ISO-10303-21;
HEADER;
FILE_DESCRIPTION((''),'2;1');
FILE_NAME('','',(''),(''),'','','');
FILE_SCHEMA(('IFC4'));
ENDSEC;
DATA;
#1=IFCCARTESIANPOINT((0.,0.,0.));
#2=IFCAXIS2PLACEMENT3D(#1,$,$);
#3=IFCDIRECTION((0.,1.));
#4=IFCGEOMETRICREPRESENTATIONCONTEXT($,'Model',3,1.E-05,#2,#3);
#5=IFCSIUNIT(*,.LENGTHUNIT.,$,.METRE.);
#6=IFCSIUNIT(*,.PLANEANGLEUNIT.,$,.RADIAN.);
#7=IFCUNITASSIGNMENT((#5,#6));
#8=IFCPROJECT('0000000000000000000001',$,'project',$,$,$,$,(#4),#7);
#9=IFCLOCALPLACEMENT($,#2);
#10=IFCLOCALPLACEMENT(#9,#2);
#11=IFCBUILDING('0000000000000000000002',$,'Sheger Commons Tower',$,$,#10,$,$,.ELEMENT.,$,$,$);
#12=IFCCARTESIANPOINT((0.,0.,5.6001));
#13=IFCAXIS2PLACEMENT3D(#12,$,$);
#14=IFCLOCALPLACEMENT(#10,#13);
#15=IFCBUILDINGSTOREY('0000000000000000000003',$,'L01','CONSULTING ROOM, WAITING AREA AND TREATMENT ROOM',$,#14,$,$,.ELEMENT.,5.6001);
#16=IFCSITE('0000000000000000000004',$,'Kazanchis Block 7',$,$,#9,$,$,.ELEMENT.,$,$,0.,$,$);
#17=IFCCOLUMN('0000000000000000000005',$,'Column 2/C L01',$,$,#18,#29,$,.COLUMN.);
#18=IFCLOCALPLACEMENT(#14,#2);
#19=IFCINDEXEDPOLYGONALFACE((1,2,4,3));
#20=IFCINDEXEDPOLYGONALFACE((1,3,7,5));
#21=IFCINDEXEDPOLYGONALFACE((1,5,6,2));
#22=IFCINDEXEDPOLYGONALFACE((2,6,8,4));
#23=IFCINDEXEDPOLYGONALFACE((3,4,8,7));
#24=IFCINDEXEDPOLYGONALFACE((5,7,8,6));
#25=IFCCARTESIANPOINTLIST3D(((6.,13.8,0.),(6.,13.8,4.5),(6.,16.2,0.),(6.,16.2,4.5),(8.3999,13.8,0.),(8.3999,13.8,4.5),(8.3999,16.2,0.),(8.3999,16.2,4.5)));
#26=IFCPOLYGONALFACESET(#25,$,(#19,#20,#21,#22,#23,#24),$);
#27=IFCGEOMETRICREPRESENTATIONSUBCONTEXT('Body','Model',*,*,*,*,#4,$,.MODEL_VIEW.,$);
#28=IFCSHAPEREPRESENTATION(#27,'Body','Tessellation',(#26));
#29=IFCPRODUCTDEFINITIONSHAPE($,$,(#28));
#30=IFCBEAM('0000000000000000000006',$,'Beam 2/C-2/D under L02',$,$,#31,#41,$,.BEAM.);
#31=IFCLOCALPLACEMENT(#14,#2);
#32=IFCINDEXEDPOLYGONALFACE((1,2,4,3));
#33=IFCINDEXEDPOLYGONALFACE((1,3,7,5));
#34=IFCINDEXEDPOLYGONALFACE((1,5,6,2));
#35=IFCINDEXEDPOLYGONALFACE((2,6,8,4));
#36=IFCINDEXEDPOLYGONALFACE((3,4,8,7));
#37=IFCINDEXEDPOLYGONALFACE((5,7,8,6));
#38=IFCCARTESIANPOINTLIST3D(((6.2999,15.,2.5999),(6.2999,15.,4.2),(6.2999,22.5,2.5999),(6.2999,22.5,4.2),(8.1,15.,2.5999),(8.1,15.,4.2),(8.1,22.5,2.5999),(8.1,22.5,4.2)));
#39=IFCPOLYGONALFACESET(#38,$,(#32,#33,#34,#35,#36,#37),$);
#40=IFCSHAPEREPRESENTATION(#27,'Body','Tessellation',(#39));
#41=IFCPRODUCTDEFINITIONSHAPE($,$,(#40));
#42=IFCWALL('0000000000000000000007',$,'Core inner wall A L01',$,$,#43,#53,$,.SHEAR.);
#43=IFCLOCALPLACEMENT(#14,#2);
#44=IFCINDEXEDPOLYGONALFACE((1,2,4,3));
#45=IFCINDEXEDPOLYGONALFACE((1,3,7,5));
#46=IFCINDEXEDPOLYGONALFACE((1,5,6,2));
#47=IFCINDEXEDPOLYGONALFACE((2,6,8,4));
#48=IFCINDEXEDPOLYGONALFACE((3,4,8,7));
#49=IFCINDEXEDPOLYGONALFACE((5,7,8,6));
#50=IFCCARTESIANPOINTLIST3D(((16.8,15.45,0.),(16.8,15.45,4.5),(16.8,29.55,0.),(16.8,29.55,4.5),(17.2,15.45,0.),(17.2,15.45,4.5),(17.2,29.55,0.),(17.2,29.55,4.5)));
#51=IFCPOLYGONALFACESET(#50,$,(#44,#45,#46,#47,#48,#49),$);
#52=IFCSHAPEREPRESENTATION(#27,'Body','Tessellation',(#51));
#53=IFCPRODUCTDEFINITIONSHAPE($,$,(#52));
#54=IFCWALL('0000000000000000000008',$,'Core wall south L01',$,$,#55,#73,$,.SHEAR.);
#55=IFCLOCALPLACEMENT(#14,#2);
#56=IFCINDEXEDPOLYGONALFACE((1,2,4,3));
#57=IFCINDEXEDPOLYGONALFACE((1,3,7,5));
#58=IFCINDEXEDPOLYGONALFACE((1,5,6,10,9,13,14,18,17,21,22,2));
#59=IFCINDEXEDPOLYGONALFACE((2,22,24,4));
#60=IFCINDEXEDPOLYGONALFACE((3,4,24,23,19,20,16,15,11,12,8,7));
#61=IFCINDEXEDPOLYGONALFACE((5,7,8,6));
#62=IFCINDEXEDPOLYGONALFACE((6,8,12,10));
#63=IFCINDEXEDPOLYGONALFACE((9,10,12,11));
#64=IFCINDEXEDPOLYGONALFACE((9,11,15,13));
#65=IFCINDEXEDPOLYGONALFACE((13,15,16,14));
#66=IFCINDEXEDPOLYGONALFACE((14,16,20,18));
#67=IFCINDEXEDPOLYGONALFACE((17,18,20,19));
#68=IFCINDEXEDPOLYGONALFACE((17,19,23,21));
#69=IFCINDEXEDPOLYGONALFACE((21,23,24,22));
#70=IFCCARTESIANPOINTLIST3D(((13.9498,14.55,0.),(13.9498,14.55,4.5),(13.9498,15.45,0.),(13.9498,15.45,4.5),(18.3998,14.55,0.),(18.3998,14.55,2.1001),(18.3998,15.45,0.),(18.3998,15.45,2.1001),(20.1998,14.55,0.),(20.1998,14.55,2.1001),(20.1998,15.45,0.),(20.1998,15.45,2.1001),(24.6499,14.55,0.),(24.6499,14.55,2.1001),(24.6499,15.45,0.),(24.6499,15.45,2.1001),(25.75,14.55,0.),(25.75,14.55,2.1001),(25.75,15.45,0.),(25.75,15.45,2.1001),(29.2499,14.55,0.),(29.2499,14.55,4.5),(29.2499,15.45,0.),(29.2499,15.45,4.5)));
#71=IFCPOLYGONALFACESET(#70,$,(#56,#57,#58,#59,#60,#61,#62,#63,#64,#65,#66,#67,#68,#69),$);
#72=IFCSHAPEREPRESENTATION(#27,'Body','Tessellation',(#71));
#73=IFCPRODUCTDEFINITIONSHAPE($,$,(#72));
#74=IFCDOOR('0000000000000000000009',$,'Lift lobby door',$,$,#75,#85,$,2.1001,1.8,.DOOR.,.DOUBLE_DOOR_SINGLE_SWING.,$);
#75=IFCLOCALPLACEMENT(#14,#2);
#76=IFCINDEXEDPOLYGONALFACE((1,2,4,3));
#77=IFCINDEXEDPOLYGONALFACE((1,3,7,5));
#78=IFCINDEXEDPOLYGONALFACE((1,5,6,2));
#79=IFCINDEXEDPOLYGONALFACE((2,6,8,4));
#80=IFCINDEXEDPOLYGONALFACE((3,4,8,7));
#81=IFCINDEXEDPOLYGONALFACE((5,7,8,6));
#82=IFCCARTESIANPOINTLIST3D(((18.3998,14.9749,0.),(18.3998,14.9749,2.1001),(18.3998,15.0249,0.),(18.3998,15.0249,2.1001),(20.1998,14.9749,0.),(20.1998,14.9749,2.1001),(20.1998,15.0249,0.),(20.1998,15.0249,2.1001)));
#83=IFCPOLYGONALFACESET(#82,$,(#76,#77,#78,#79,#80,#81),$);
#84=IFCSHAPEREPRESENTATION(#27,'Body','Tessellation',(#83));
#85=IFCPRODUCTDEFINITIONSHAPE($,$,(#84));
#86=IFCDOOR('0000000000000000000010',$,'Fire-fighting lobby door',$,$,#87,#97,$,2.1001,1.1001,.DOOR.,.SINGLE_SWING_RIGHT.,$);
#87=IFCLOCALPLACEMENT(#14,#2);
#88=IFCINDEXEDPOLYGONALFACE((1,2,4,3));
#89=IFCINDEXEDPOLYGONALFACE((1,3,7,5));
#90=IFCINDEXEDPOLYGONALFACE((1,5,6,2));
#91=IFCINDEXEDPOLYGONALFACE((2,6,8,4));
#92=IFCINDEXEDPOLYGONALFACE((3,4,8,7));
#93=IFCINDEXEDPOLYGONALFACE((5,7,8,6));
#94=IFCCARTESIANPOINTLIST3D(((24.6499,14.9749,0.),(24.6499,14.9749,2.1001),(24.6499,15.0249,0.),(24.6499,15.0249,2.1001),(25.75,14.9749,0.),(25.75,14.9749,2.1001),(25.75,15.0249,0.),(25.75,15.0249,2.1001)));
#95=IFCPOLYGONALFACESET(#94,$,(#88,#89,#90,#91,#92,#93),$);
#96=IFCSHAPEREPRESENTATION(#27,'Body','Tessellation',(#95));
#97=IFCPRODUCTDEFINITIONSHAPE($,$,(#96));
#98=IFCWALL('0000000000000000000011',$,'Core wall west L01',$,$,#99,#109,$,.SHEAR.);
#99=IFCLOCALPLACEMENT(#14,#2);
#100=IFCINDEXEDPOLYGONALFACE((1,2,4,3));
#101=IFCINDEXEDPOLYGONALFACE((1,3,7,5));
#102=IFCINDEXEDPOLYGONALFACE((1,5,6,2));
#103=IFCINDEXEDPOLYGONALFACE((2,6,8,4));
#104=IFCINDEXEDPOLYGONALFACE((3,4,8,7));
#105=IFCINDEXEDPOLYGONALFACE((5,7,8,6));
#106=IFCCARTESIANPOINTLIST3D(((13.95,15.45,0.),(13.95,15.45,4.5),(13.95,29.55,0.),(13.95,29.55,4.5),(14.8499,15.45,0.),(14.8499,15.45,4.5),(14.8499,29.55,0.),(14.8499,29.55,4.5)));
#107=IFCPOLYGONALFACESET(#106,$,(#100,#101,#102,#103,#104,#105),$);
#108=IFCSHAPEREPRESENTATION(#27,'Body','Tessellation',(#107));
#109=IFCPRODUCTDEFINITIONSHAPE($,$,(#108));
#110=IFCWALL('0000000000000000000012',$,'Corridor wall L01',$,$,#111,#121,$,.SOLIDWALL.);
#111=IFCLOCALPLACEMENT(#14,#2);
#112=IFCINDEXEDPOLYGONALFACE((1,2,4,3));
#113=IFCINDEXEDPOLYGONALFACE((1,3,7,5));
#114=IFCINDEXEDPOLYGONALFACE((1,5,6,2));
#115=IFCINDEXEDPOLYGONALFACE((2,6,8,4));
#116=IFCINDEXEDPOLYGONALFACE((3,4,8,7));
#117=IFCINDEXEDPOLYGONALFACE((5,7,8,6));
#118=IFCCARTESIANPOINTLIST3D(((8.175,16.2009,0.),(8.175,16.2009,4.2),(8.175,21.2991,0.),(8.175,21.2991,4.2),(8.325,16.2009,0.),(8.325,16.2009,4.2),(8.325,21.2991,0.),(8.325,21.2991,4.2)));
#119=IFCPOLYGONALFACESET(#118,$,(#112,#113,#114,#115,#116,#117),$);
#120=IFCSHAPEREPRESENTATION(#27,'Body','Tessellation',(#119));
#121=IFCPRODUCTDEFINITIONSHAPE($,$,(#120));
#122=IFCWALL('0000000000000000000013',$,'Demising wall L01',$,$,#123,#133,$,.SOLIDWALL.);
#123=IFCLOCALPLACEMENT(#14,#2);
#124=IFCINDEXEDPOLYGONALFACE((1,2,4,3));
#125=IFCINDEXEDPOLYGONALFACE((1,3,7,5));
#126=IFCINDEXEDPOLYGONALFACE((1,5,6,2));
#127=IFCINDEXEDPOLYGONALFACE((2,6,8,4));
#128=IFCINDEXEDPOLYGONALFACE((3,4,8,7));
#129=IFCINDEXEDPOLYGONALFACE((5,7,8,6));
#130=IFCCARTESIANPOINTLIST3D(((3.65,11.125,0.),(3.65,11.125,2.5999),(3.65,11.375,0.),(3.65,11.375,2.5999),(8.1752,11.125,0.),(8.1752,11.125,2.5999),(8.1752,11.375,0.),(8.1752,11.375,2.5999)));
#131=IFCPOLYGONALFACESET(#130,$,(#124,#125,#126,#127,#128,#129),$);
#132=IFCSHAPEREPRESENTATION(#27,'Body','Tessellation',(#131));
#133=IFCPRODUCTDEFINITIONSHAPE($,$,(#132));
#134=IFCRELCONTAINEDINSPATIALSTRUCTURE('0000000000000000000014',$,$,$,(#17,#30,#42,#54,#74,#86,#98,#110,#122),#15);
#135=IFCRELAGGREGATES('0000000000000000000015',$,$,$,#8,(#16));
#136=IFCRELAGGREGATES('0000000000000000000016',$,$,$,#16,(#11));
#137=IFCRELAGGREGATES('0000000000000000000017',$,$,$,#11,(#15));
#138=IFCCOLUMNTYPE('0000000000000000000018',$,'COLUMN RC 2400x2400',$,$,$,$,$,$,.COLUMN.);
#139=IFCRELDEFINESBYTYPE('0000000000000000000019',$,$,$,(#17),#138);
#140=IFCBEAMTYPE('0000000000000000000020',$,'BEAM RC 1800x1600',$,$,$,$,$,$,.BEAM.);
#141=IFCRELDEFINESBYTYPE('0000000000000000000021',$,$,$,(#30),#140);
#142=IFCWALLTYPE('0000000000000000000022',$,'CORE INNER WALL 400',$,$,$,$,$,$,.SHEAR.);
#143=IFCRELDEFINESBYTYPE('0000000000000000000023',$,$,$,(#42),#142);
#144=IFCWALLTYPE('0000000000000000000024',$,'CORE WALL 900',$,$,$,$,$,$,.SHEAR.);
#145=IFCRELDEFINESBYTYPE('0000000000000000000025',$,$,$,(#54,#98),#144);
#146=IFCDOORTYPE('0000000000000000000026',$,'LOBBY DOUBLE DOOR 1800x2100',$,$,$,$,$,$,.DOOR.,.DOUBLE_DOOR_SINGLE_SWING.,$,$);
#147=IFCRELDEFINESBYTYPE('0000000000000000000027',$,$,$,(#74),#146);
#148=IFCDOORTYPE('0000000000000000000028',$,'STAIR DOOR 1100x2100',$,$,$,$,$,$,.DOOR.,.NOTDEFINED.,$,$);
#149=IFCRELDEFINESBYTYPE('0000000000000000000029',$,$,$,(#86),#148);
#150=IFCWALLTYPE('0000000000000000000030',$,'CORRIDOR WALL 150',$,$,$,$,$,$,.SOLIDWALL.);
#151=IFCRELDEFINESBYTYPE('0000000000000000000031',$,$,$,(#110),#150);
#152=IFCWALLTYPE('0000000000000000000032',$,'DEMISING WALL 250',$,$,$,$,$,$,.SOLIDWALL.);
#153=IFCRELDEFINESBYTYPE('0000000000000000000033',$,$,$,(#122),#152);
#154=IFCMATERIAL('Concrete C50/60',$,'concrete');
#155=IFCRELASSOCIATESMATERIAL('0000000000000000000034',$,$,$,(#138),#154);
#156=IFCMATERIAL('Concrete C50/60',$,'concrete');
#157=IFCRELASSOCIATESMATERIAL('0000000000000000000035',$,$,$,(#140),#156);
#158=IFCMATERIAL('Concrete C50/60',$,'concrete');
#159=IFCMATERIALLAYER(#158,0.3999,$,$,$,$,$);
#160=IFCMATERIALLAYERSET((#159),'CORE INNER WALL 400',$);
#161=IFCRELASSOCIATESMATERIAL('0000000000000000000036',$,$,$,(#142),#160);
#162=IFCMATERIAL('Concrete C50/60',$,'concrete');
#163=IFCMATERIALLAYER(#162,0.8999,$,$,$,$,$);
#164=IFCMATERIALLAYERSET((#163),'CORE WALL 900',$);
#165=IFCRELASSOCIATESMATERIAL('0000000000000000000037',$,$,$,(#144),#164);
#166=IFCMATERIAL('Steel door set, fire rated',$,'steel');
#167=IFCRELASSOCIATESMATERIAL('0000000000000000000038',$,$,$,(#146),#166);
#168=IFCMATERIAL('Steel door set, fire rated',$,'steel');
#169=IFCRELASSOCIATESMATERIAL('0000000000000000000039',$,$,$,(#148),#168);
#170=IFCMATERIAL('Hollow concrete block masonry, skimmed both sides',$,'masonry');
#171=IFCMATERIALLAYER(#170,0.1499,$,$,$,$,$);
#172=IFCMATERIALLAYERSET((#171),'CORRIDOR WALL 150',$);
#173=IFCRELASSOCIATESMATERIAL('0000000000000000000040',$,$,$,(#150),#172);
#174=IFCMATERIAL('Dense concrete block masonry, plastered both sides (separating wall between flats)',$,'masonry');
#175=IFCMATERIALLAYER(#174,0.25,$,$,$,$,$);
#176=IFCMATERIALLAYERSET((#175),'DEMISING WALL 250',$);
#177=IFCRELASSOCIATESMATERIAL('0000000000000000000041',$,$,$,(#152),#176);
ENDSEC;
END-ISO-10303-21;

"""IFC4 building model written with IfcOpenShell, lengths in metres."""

from ifc_helpers import new_model, si_unit, direction, frame, frame_2d, origin, origin_2d, place, context, subcontext, project, spatial, rectangle, extrude, material, layer, layer_set, material_profile, profile_set, type_object, element, fill, save


model = new_model("IFC4")

# Units and contexts
model_context = context("Model", 3, precision=1e-05, world=origin(), true_north=direction((0.0, 1.0)))
body_context = subcontext(model_context, "Body", "Model", "MODEL_VIEW")
ifc_project = project(units=[si_unit("LENGTHUNIT", "METRE"), si_unit("PLANEANGLEUNIT", "RADIAN")], contexts=[model_context])

# Site, building, storey
site_placement = place(None, origin())
site = spatial("IfcSite", under=ifc_project, at=site_placement, Name="Kazanchis Block 7", CompositionType="ELEMENT", RefElevation=0.0)
building_placement = place(site_placement, origin())
building = spatial("IfcBuilding", under=site, at=building_placement, Name="Sheger Commons Tower", CompositionType="ELEMENT")
storey_placement = place(building_placement, frame((0.0, 0.0, 5.6001)))
storey = spatial("IfcBuildingStorey", under=building, at=storey_placement, Name="L01", Description="CONSULTING ROOM, WAITING AREA AND TREATMENT ROOM", CompositionType="ELEMENT", Elevation=5.6001)

# Column
ifc_material_1 = material(Name="Concrete C50/60", Category="concrete")
ifc_material_profile_1 = material_profile(ifc_material_1, rectangle(XDim=2.3999, YDim=2.3999, at=origin_2d()), Name="RC 2400x2400")
ifc_profile_set_1 = profile_set([ifc_material_profile_1], Name="Concrete C50/60")
column_type = type_object("IfcColumnType", Name="COLUMN RC 2400x2400", PredefinedType="COLUMN", material=ifc_profile_set_1)
column_placement = place(storey_placement, frame((7.2, 15.0, 0.0), z_axis=(0.0, 0.0, 1.0), x_axis=(1.0, 0.0, 0.0)))
element("IfcColumn", 1, at=column_placement, inside=storey, type_object=column_type, Name="Column 2/C L01", PredefinedType="COLUMN", context=body_context, shape_type="SweptSolid", body=[
    extrude(rectangle(XDim=2.3999, YDim=2.3999, at=origin_2d()), origin(), (0.0, 0.0, 1.0), 4.5),
])

# Beam
ifc_material_2 = material(Name="Concrete C50/60", Category="concrete")
ifc_material_profile_2 = material_profile(ifc_material_2, rectangle(XDim=1.8, YDim=1.6001, at=origin_2d()), Name="RC 1800x1600")
ifc_profile_set_2 = profile_set([ifc_material_profile_2], Name="Concrete C50/60")
beam_type = type_object("IfcBeamType", Name="BEAM RC 1800x1600", PredefinedType="BEAM", material=ifc_profile_set_2)
beam_placement = place(storey_placement, frame((7.2, 15.0, 3.3999), z_axis=(0.0, 1.0, 0.0), x_axis=(-1.0, 0.0, 0.0)))
element("IfcBeam", 2, at=beam_placement, inside=storey, type_object=beam_type, Name="Beam 2/C-2/D under L02", PredefinedType="BEAM", context=body_context, shape_type="SweptSolid", body=[
    extrude(rectangle(XDim=1.8, YDim=1.6001, at=origin_2d()), origin(), (0.0, 0.0, 1.0), 7.5),
])

# Wall
ifc_material_3 = material(Name="Concrete C50/60", Category="concrete")
ifc_layer_1 = layer(ifc_material_3, 0.3999)
ifc_layer_set_1 = layer_set([ifc_layer_1], Name="CORE INNER WALL 400")
wall_type_1 = type_object("IfcWallType", Name="CORE INNER WALL 400", PredefinedType="SHEAR", material=ifc_layer_set_1)
wall_1_placement = place(storey_placement, frame((17.0, 15.45, 0.0), z_axis=(0.0, 0.0, 1.0), x_axis=(0.0, 1.0, 0.0)))
element("IfcWall", 3, at=wall_1_placement, inside=storey, type_object=wall_type_1, Name="Core inner wall A L01", PredefinedType="SHEAR", context=body_context, shape_type="SweptSolid", body=[
    extrude(rectangle(XDim=14.1001, YDim=0.3999, at=frame_2d((7.05, 0.0))), origin(), (0.0, 0.0, 1.0), 4.5),
])

# Wall, openings, doors
ifc_material_4 = material(Name="Concrete C50/60", Category="concrete")
ifc_layer_2 = layer(ifc_material_4, 0.8999)
ifc_layer_set_2 = layer_set([ifc_layer_2], Name="CORE WALL 900")
wall_type_2 = type_object("IfcWallType", Name="CORE WALL 900", PredefinedType="SHEAR", material=ifc_layer_set_2)
wall_2_placement = place(storey_placement, frame((13.95, 15.0, 0.0), z_axis=(0.0, 0.0, 1.0), x_axis=(1.0, 0.0, 0.0)))
wall_2 = element("IfcWall", 4, at=wall_2_placement, inside=storey, type_object=wall_type_2, Name="Core wall south L01", PredefinedType="SHEAR", context=body_context, shape_type="SweptSolid", body=[
    extrude(rectangle(XDim=15.3, YDim=0.8999, at=frame_2d((7.6499, 0.0))), origin(), (0.0, 0.0, 1.0), 4.5),
])
opening_1_placement = place(wall_2_placement, frame((4.45, 0.0, 0.0)))
opening_1 = element("IfcOpeningElement", 5, at=opening_1_placement, cuts=wall_2, PredefinedType="OPENING", context=body_context, shape_type="SweptSolid", body=[
    extrude(rectangle(XDim=1.8, YDim=2.1001, at=frame_2d((0.8999, 1.05))), frame((0.0, 0.46, 0.0), z_axis=(0.0, -1.0, 0.0), x_axis=(1.0, 0.0, 0.0)), (0.0, 0.0, 1.0), 0.9199),
])
opening_2_placement = place(wall_2_placement, frame((10.7, 0.0, 0.0)))
opening_2 = element("IfcOpeningElement", 6, at=opening_2_placement, cuts=wall_2, PredefinedType="OPENING", context=body_context, shape_type="SweptSolid", body=[
    extrude(rectangle(XDim=1.1001, YDim=2.1001, at=frame_2d((0.55, 1.05))), frame((0.0, 0.46, 0.0), z_axis=(0.0, -1.0, 0.0), x_axis=(1.0, 0.0, 0.0)), (0.0, 0.0, 1.0), 0.9199),
])
ifc_material_5 = material(Name="Steel door set, fire rated", Category="steel")
door_type_1 = type_object("IfcDoorType", Name="LOBBY DOUBLE DOOR 1800x2100", OperationType="DOUBLE_DOOR_SINGLE_SWING", PredefinedType="DOOR", material=ifc_material_5)
door_1_placement = place(opening_1_placement, origin())
door_1 = element("IfcDoor", 7, at=door_1_placement, inside=storey, type_object=door_type_1, Name="Lift lobby door", OperationType="DOUBLE_DOOR_SINGLE_SWING", OverallHeight=2.1001, OverallWidth=1.8, PredefinedType="DOOR", context=body_context, shape_type="SweptSolid", body=[
    extrude(rectangle(XDim=1.8, YDim=2.1001, at=frame_2d((0.8999, 1.05))), frame((0.0, 0.0249, 0.0), z_axis=(0.0, -1.0, 0.0), x_axis=(1.0, 0.0, 0.0)), (0.0, 0.0, 1.0), 0.05),
])
fill(opening_1, door_1)
ifc_material_6 = material(Name="Steel door set, fire rated", Category="steel")
door_type_2 = type_object("IfcDoorType", Name="STAIR DOOR 1100x2100", OperationType="NOTDEFINED", PredefinedType="DOOR", material=ifc_material_6)
door_2_placement = place(opening_2_placement, origin())
door_2 = element("IfcDoor", 8, at=door_2_placement, inside=storey, type_object=door_type_2, Name="Fire-fighting lobby door", OperationType="SINGLE_SWING_RIGHT", OverallHeight=2.1001, OverallWidth=1.1001, PredefinedType="DOOR", context=body_context, shape_type="SweptSolid", body=[
    extrude(rectangle(XDim=1.1001, YDim=2.1001, at=frame_2d((0.55, 1.05))), frame((0.0, 0.0249, 0.0), z_axis=(0.0, -1.0, 0.0), x_axis=(1.0, 0.0, 0.0)), (0.0, 0.0, 1.0), 0.05),
])
fill(opening_2, door_2)

# Walls
wall_3_placement = place(storey_placement, frame((14.3999, 15.45, 0.0), z_axis=(0.0, 0.0, 1.0), x_axis=(0.0, 1.0, 0.0)))
element("IfcWall", 9, at=wall_3_placement, inside=storey, type_object=wall_type_2, Name="Core wall west L01", PredefinedType="SHEAR", context=body_context, shape_type="SweptSolid", body=[
    extrude(rectangle(XDim=14.1001, YDim=0.8999, at=frame_2d((7.05, 0.0))), origin(), (0.0, 0.0, 1.0), 4.5),
])
ifc_material_7 = material(Name="Hollow concrete block masonry, skimmed both sides", Category="masonry")
ifc_layer_3 = layer(ifc_material_7, 0.1499)
ifc_layer_set_3 = layer_set([ifc_layer_3], Name="CORRIDOR WALL 150")
wall_type_3 = type_object("IfcWallType", Name="CORRIDOR WALL 150", PredefinedType="SOLIDWALL", material=ifc_layer_set_3)
wall_4_placement = place(storey_placement, frame((8.25, 16.2009, 0.0), z_axis=(0.0, 0.0, 1.0), x_axis=(0.0, 1.0, 0.0)))
element("IfcWall", 10, at=wall_4_placement, inside=storey, type_object=wall_type_3, Name="Corridor wall L01", PredefinedType="SOLIDWALL", context=body_context, shape_type="SweptSolid", body=[
    extrude(rectangle(XDim=5.0981, YDim=0.1499, at=frame_2d((2.5491, 0.0))), origin(), (0.0, 0.0, 1.0), 4.2),
])
ifc_material_8 = material(Name="Dense concrete block masonry, plastered both sides (separating wall between flats)", Category="masonry")
ifc_layer_4 = layer(ifc_material_8, 0.25)
ifc_layer_set_4 = layer_set([ifc_layer_4], Name="DEMISING WALL 250")
wall_type_4 = type_object("IfcWallType", Name="DEMISING WALL 250", PredefinedType="SOLIDWALL", material=ifc_layer_set_4)
wall_5_placement = place(storey_placement, frame((3.6499, 11.25, 0.0), z_axis=(0.0, 0.0, 1.0), x_axis=(1.0, 0.0, 0.0)))
element("IfcWall", 11, at=wall_5_placement, inside=storey, type_object=wall_type_4, Name="Demising wall L01", PredefinedType="SOLIDWALL", context=body_context, shape_type="SweptSolid", body=[
    extrude(rectangle(XDim=4.5251, YDim=0.25, at=frame_2d((2.2627, 0.0))), origin(), (0.0, 0.0, 1.0), 2.5999),
])

save(model, "model.ifc")
